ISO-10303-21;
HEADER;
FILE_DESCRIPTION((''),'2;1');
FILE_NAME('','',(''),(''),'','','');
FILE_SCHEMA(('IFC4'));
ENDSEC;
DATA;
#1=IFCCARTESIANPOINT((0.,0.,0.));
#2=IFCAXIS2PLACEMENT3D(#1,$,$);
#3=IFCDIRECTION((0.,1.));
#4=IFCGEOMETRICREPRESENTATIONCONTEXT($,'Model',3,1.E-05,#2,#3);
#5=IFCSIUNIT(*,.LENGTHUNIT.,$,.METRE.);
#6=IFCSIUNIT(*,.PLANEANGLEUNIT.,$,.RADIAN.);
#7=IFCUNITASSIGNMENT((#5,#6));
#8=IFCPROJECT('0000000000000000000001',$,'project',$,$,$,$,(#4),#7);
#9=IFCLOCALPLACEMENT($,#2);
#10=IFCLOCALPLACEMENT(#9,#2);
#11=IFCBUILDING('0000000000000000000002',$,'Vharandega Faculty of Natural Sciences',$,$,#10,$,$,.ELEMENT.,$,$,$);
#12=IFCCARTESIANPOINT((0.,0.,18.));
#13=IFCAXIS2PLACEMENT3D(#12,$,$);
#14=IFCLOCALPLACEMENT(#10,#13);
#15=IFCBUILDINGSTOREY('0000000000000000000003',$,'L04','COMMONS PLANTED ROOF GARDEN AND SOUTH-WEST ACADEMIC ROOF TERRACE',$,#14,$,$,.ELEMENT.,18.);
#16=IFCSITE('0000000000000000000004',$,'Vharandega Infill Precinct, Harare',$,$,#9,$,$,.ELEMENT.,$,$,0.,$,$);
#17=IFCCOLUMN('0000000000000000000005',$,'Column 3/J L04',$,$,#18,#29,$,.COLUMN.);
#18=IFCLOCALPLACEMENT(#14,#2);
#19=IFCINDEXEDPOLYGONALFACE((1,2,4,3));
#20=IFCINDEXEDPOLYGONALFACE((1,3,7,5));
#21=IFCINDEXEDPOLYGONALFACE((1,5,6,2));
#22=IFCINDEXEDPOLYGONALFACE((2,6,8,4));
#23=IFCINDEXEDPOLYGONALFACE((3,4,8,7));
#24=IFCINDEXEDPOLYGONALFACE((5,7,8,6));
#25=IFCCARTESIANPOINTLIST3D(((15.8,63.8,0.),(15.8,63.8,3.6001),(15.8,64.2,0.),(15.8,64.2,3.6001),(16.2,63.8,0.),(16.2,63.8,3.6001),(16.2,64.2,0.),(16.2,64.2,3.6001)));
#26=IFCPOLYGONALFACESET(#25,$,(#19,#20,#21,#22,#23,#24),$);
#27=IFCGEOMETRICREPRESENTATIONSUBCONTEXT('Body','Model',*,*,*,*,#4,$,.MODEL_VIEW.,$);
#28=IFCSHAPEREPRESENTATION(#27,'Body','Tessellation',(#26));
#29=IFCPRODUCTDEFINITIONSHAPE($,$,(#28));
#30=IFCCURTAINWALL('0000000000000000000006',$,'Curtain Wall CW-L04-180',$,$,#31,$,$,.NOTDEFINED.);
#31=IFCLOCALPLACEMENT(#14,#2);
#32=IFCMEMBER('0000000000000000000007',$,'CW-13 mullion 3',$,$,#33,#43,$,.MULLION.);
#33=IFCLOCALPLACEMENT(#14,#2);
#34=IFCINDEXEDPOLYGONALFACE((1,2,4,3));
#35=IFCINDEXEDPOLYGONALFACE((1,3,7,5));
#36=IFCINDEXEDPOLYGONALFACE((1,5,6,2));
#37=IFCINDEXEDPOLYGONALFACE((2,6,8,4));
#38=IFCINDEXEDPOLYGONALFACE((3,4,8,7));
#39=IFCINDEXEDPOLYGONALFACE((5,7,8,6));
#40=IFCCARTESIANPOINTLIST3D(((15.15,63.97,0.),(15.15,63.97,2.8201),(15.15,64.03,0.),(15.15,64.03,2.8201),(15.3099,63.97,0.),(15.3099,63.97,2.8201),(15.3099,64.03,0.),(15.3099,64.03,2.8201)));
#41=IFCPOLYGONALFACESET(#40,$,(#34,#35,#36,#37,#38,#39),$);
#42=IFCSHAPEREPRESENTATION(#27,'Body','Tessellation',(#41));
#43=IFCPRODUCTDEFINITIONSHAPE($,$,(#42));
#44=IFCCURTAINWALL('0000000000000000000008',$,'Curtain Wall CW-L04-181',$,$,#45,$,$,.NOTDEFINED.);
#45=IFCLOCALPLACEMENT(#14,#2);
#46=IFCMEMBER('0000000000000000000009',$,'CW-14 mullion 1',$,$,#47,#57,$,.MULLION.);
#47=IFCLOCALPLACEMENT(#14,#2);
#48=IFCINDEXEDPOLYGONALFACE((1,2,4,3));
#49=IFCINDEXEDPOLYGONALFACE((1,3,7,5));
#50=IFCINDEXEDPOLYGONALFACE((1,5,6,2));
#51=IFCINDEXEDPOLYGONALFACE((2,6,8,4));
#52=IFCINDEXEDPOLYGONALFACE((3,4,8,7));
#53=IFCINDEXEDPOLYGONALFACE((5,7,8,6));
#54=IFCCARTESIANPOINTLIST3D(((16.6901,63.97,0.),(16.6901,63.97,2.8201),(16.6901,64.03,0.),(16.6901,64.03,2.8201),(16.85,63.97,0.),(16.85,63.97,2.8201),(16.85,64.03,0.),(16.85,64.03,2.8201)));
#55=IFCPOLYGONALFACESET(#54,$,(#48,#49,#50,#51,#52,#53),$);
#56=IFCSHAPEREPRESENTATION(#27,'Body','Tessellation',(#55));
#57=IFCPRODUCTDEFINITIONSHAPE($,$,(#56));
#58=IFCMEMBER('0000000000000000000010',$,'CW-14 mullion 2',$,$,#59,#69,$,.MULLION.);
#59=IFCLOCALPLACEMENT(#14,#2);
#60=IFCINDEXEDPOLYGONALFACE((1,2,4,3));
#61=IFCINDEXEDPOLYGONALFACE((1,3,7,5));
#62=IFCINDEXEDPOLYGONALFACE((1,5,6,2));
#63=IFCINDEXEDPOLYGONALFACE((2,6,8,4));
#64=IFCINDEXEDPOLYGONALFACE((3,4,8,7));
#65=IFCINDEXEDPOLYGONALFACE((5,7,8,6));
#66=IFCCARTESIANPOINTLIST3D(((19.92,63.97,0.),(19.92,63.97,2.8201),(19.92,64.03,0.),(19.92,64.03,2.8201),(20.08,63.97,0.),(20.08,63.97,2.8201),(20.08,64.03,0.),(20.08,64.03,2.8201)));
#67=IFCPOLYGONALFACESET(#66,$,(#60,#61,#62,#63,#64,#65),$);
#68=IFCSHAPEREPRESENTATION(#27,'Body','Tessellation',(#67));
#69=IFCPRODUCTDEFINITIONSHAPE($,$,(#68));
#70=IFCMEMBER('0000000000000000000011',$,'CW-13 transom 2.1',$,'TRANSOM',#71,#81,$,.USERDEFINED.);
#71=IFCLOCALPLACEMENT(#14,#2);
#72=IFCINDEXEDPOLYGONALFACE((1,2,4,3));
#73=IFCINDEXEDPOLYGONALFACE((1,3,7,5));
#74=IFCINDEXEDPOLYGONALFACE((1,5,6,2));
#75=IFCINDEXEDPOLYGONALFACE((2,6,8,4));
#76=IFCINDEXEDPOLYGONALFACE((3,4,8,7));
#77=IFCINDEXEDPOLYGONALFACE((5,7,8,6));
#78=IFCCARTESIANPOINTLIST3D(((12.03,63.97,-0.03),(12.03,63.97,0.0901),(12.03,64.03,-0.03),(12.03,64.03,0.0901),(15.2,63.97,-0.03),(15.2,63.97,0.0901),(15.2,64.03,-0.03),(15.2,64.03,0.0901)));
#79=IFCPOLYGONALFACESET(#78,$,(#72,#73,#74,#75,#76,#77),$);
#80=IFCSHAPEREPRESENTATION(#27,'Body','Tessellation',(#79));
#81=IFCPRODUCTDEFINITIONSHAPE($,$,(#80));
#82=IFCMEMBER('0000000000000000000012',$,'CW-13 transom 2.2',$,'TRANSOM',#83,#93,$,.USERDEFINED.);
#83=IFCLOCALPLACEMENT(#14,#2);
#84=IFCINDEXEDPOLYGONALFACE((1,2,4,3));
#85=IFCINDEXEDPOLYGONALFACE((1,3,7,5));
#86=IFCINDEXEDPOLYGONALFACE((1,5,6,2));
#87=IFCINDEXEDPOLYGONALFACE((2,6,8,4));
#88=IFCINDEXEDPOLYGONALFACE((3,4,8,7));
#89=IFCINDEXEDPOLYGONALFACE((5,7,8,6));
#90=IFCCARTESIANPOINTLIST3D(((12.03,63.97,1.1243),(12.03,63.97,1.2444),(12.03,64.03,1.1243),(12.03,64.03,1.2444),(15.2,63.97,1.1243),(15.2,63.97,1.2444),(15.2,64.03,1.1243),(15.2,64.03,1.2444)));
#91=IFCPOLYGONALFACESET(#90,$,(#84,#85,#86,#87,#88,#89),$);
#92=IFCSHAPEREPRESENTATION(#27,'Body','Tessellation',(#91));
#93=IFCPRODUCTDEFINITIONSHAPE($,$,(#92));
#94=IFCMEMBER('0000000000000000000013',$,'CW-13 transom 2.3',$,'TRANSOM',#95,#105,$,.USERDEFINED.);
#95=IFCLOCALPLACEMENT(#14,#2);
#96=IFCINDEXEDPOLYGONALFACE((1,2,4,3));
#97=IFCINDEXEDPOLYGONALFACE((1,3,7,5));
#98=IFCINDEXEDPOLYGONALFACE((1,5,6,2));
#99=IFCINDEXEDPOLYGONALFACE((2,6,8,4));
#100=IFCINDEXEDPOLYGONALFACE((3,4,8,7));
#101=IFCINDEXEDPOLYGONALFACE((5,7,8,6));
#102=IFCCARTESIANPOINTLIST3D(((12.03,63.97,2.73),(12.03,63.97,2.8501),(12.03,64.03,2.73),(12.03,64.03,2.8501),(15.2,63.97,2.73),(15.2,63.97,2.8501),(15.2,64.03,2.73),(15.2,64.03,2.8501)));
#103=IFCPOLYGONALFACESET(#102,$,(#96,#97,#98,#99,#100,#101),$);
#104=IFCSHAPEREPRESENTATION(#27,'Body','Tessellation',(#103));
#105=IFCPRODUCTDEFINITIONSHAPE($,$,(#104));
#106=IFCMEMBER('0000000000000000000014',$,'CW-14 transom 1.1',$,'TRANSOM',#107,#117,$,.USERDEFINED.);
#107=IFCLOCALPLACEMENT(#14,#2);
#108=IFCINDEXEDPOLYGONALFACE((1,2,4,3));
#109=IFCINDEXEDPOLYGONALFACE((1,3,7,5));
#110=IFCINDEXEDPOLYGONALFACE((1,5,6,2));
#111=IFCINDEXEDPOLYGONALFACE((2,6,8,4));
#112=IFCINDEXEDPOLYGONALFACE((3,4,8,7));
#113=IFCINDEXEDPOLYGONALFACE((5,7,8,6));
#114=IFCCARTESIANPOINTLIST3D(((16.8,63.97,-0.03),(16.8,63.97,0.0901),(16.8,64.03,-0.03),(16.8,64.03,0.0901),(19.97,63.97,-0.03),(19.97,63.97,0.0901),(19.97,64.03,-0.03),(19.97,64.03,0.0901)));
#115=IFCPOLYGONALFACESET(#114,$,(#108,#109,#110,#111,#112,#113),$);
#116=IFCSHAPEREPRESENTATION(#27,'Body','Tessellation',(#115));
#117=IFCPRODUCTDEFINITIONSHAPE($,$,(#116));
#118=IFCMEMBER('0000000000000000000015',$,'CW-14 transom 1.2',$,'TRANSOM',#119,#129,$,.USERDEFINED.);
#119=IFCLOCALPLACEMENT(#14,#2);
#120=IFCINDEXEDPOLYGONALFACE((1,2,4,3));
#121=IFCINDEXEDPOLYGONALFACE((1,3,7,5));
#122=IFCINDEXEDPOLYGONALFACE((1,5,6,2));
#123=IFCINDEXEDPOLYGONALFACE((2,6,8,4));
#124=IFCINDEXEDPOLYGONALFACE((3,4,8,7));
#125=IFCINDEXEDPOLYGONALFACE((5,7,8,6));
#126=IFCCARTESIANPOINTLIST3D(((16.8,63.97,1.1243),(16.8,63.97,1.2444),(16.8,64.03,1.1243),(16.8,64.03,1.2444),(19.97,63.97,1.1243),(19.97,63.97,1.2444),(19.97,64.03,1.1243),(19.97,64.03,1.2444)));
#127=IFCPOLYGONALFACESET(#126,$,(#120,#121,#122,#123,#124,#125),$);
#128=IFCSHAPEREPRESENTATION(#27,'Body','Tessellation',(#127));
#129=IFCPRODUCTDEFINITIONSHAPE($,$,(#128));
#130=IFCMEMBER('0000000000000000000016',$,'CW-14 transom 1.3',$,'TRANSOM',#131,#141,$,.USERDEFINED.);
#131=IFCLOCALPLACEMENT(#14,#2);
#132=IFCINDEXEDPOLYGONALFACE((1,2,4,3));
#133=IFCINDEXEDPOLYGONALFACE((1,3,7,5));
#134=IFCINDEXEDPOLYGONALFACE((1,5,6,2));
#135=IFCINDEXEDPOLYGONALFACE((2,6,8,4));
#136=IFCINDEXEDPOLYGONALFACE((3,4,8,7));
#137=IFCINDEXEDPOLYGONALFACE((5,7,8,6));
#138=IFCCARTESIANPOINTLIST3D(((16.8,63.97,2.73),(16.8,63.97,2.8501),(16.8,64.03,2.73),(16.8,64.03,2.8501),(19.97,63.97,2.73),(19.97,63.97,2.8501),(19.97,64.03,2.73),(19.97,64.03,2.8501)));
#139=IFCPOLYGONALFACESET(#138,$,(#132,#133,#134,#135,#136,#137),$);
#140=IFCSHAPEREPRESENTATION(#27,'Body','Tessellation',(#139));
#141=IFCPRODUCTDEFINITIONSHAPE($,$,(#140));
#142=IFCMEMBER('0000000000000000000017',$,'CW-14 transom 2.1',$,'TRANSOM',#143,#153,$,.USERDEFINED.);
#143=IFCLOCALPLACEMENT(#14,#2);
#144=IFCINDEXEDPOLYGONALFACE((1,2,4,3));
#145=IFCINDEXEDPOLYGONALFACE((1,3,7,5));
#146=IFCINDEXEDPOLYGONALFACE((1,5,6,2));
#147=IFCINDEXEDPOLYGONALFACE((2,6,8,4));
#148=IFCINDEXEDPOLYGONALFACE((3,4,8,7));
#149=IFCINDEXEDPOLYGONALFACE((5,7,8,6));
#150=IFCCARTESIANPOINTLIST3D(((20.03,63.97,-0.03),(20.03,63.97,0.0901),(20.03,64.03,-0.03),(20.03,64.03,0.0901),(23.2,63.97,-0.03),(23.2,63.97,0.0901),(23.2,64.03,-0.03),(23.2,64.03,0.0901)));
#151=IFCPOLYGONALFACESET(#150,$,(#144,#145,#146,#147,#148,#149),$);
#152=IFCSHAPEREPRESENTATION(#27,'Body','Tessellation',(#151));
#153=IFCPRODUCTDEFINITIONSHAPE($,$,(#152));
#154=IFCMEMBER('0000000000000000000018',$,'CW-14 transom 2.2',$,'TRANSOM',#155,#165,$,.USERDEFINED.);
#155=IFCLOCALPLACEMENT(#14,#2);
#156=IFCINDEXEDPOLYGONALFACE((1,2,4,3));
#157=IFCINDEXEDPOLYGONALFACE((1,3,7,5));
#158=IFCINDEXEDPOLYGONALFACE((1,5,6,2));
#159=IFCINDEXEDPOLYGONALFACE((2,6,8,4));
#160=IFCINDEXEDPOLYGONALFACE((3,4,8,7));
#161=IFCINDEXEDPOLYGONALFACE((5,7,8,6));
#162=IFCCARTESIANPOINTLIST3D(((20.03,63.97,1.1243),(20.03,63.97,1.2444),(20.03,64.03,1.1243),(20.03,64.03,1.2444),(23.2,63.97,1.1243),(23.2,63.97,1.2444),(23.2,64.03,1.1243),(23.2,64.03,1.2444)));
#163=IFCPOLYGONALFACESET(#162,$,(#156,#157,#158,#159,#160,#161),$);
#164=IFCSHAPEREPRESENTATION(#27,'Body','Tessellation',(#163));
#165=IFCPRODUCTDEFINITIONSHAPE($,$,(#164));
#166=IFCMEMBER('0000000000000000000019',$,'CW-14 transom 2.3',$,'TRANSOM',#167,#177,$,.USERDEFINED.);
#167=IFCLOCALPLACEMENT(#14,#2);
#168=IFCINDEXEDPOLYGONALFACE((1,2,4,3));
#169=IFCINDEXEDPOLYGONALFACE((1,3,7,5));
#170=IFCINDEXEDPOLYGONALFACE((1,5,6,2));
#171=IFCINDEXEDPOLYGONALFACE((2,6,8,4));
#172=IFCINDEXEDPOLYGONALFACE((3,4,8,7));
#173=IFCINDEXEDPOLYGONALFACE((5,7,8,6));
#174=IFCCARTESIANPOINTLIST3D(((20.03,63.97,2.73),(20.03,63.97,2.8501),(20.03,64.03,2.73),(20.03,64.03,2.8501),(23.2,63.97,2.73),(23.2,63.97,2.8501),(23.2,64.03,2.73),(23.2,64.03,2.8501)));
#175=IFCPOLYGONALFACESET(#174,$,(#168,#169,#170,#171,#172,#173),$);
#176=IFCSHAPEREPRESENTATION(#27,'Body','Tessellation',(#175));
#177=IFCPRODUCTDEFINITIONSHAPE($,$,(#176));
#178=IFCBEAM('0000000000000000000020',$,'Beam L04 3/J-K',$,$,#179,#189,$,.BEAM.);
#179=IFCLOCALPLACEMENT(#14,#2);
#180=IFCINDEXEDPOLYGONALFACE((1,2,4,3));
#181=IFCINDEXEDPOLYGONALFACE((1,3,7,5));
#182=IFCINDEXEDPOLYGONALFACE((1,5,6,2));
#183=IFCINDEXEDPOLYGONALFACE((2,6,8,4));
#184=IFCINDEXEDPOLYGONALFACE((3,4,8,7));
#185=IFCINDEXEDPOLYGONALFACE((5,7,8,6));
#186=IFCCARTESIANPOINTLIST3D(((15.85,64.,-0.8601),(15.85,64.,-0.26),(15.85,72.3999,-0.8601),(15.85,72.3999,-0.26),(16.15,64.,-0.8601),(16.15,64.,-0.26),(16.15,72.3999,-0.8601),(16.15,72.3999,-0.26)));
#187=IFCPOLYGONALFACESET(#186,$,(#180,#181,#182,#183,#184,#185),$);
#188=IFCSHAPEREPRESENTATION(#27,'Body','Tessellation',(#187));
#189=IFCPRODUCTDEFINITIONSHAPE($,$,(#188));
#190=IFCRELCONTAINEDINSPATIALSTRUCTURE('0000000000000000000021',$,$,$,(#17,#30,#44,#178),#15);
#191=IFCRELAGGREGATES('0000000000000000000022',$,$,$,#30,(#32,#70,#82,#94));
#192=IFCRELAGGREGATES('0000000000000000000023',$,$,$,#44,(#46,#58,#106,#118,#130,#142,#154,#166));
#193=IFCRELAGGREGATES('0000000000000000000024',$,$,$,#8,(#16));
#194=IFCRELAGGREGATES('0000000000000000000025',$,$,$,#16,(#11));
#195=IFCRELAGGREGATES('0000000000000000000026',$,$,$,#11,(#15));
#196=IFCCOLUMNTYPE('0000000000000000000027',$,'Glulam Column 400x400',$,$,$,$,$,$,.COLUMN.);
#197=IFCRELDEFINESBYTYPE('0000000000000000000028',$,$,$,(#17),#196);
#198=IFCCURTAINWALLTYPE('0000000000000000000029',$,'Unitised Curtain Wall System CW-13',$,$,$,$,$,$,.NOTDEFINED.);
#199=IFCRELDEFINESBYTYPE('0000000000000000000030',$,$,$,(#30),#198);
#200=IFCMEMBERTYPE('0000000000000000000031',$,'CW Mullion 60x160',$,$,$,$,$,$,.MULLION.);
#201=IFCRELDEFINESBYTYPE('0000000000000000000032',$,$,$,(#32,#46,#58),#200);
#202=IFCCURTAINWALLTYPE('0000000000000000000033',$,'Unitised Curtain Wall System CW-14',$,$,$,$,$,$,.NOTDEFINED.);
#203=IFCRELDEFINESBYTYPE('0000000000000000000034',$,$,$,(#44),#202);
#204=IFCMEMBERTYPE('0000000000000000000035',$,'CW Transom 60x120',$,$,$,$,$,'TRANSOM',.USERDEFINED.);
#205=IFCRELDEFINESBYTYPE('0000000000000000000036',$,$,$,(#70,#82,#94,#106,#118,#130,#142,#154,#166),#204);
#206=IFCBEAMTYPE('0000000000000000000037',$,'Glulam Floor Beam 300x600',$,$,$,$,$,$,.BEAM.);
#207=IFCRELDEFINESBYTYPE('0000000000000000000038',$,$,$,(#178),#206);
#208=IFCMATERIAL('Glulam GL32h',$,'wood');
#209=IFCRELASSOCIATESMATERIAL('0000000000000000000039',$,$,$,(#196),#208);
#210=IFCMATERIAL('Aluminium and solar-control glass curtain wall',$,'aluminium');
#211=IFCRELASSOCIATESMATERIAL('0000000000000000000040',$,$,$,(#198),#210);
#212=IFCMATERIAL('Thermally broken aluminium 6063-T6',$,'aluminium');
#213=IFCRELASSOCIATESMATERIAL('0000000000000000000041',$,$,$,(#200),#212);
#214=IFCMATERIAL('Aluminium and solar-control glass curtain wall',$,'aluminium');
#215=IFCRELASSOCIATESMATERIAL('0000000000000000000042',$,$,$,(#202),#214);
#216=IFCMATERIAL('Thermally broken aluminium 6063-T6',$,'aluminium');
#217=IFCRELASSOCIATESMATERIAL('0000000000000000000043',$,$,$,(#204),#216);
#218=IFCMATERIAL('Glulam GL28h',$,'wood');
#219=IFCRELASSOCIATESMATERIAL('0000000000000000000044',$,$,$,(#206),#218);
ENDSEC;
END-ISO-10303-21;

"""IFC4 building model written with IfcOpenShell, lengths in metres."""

from ifc_helpers import new_model, si_unit, direction, frame, origin, origin_2d, place, context, subcontext, project, spatial, rectangle, extrude, material, material_profile, profile_set, type_object, element, aggregate, save


model = new_model("IFC4")

# Units and contexts
model_context = context("Model", 3, precision=1e-05, world=origin(), true_north=direction((0.0, 1.0)))
body_context = subcontext(model_context, "Body", "Model", "MODEL_VIEW")
ifc_project = project(units=[si_unit("LENGTHUNIT", "METRE"), si_unit("PLANEANGLEUNIT", "RADIAN")], contexts=[model_context])

# Site, building, storey
site_placement = place(None, origin())
site = spatial("IfcSite", under=ifc_project, at=site_placement, Name="Vharandega Infill Precinct, Harare", CompositionType="ELEMENT", RefElevation=0.0)
building_placement = place(site_placement, origin())
building = spatial("IfcBuilding", under=site, at=building_placement, Name="Vharandega Faculty of Natural Sciences", CompositionType="ELEMENT")
storey_placement = place(building_placement, frame((0.0, 0.0, 18.0)))
storey = spatial("IfcBuildingStorey", under=building, at=storey_placement, Name="L04", Description="COMMONS PLANTED ROOF GARDEN AND SOUTH-WEST ACADEMIC ROOF TERRACE", CompositionType="ELEMENT", Elevation=18.0)

# Column
ifc_material_1 = material(Name="Glulam GL32h", Category="wood")
ifc_material_profile_1 = material_profile(ifc_material_1, rectangle(XDim=0.3999, YDim=0.3999, at=origin_2d()), Name="GL32h 400x400")
ifc_profile_set_1 = profile_set([ifc_material_profile_1], Name="Glulam GL32h")
column_type = type_object("IfcColumnType", Name="Glulam Column 400x400", PredefinedType="COLUMN", material=ifc_profile_set_1)
column_placement = place(storey_placement, frame((16.0, 64.0, 0.0), z_axis=(0.0, 0.0, 1.0), x_axis=(1.0, 0.0, 0.0)))
element("IfcColumn", 1, at=column_placement, inside=storey, type_object=column_type, Name="Column 3/J L04", PredefinedType="COLUMN", context=body_context, shape_type="SweptSolid", body=[
    extrude(rectangle(XDim=0.3999, YDim=0.3999, at=origin_2d()), origin(), (0.0, 0.0, 1.0), 3.6001),
])

# Curtain wall, member
ifc_material_2 = material(Name="Aluminium and solar-control glass curtain wall", Category="aluminium")
curtain_wall_type_1 = type_object("IfcCurtainWallType", Name="Unitised Curtain Wall System CW-13", PredefinedType="NOTDEFINED", material=ifc_material_2)
curtain_wall_1_placement = place(storey_placement, origin())
curtain_wall_1 = element("IfcCurtainWall", 2, at=curtain_wall_1_placement, inside=storey, type_object=curtain_wall_type_1, Name="Curtain Wall CW-L04-180", PredefinedType="NOTDEFINED")
ifc_material_3 = material(Name="Thermally broken aluminium 6063-T6", Category="aluminium")
ifc_material_profile_2 = material_profile(ifc_material_3, rectangle(XDim=0.0601, YDim=0.1599, at=origin_2d()), Name="ALU 60x160")
ifc_profile_set_2 = profile_set([ifc_material_profile_2], Name="Thermally broken aluminium 6063-T6")
member_type_1 = type_object("IfcMemberType", Name="CW Mullion 60x160", PredefinedType="MULLION", material=ifc_profile_set_2)
member_1_placement = place(storey_placement, frame((15.23, 64.0, 0.0), z_axis=(0.0, 0.0, 1.0), x_axis=(0.0, 1.0, 0.0)))
member_1 = element("IfcMember", 3, at=member_1_placement, type_object=member_type_1, Name="CW-13 mullion 3", PredefinedType="MULLION", context=body_context, shape_type="SweptSolid", body=[
    extrude(rectangle(XDim=0.0601, YDim=0.1599, at=origin_2d()), origin(), (0.0, 0.0, 1.0), 2.8201),
])

# Curtain wall, members
ifc_material_4 = material(Name="Aluminium and solar-control glass curtain wall", Category="aluminium")
curtain_wall_type_2 = type_object("IfcCurtainWallType", Name="Unitised Curtain Wall System CW-14", PredefinedType="NOTDEFINED", material=ifc_material_4)
curtain_wall_2_placement = place(storey_placement, origin())
curtain_wall_2 = element("IfcCurtainWall", 4, at=curtain_wall_2_placement, inside=storey, type_object=curtain_wall_type_2, Name="Curtain Wall CW-L04-181", PredefinedType="NOTDEFINED")
member_2_placement = place(storey_placement, frame((16.77, 64.0, 0.0), z_axis=(0.0, 0.0, 1.0), x_axis=(0.0, 1.0, 0.0)))
member_2 = element("IfcMember", 5, at=member_2_placement, type_object=member_type_1, Name="CW-14 mullion 1", PredefinedType="MULLION", context=body_context, shape_type="SweptSolid", body=[
    extrude(rectangle(XDim=0.0601, YDim=0.1599, at=origin_2d()), origin(), (0.0, 0.0, 1.0), 2.8201),
])
member_3_placement = place(storey_placement, frame((20.0, 64.0, 0.0), z_axis=(0.0, 0.0, 1.0), x_axis=(0.0, 1.0, 0.0)))
member_3 = element("IfcMember", 6, at=member_3_placement, type_object=member_type_1, Name="CW-14 mullion 2", PredefinedType="MULLION", context=body_context, shape_type="SweptSolid", body=[
    extrude(rectangle(XDim=0.0601, YDim=0.1599, at=origin_2d()), origin(), (0.0, 0.0, 1.0), 2.8201),
])

# Members
ifc_material_5 = material(Name="Thermally broken aluminium 6063-T6", Category="aluminium")
ifc_material_profile_3 = material_profile(ifc_material_5, rectangle(XDim=0.0601, YDim=0.1201, at=origin_2d()), Name="ALU 60x120")
ifc_profile_set_3 = profile_set([ifc_material_profile_3], Name="Thermally broken aluminium 6063-T6")
member_type_2 = type_object("IfcMemberType", Name="CW Transom 60x120", ElementType="TRANSOM", PredefinedType="USERDEFINED", material=ifc_profile_set_3)
member_4_placement = place(storey_placement, frame((12.03, 64.0, 0.03), z_axis=(1.0, 0.0, 0.0), x_axis=(0.0, 1.0, 0.0)))
member_4 = element("IfcMember", 7, at=member_4_placement, type_object=member_type_2, Name="CW-13 transom 2.1", ObjectType="TRANSOM", PredefinedType="USERDEFINED", context=body_context, shape_type="SweptSolid", body=[
    extrude(rectangle(XDim=0.0601, YDim=0.1201, at=origin_2d()), origin(), (0.0, 0.0, 1.0), 3.1699),
])
member_5_placement = place(storey_placement, frame((12.03, 64.0, 1.1843), z_axis=(1.0, 0.0, 0.0), x_axis=(0.0, 1.0, 0.0)))
member_5 = element("IfcMember", 8, at=member_5_placement, type_object=member_type_2, Name="CW-13 transom 2.2", ObjectType="TRANSOM", PredefinedType="USERDEFINED", context=body_context, shape_type="SweptSolid", body=[
    extrude(rectangle(XDim=0.0601, YDim=0.1201, at=origin_2d()), origin(), (0.0, 0.0, 1.0), 3.1699),
])
member_6_placement = place(storey_placement, frame((12.03, 64.0, 2.79), z_axis=(1.0, 0.0, 0.0), x_axis=(0.0, 1.0, 0.0)))
member_6 = element("IfcMember", 9, at=member_6_placement, type_object=member_type_2, Name="CW-13 transom 2.3", ObjectType="TRANSOM", PredefinedType="USERDEFINED", context=body_context, shape_type="SweptSolid", body=[
    extrude(rectangle(XDim=0.0601, YDim=0.1201, at=origin_2d()), origin(), (0.0, 0.0, 1.0), 3.1699),
])
member_7_placement = place(storey_placement, frame((16.8, 64.0, 0.03), z_axis=(1.0, 0.0, 0.0), x_axis=(0.0, 1.0, 0.0)))
member_7 = element("IfcMember", 10, at=member_7_placement, type_object=member_type_2, Name="CW-14 transom 1.1", ObjectType="TRANSOM", PredefinedType="USERDEFINED", context=body_context, shape_type="SweptSolid", body=[
    extrude(rectangle(XDim=0.0601, YDim=0.1201, at=origin_2d()), origin(), (0.0, 0.0, 1.0), 3.1699),
])
member_8_placement = place(storey_placement, frame((16.8, 64.0, 1.1843), z_axis=(1.0, 0.0, 0.0), x_axis=(0.0, 1.0, 0.0)))
member_8 = element("IfcMember", 11, at=member_8_placement, type_object=member_type_2, Name="CW-14 transom 1.2", ObjectType="TRANSOM", PredefinedType="USERDEFINED", context=body_context, shape_type="SweptSolid", body=[
    extrude(rectangle(XDim=0.0601, YDim=0.1201, at=origin_2d()), origin(), (0.0, 0.0, 1.0), 3.1699),
])
member_9_placement = place(storey_placement, frame((16.8, 64.0, 2.79), z_axis=(1.0, 0.0, 0.0), x_axis=(0.0, 1.0, 0.0)))
member_9 = element("IfcMember", 12, at=member_9_placement, type_object=member_type_2, Name="CW-14 transom 1.3", ObjectType="TRANSOM", PredefinedType="USERDEFINED", context=body_context, shape_type="SweptSolid", body=[
    extrude(rectangle(XDim=0.0601, YDim=0.1201, at=origin_2d()), origin(), (0.0, 0.0, 1.0), 3.1699),
])
member_10_placement = place(storey_placement, frame((20.03, 64.0, 0.03), z_axis=(1.0, 0.0, 0.0), x_axis=(0.0, 1.0, 0.0)))
member_10 = element("IfcMember", 13, at=member_10_placement, type_object=member_type_2, Name="CW-14 transom 2.1", ObjectType="TRANSOM", PredefinedType="USERDEFINED", context=body_context, shape_type="SweptSolid", body=[
    extrude(rectangle(XDim=0.0601, YDim=0.1201, at=origin_2d()), origin(), (0.0, 0.0, 1.0), 3.1699),
])
member_11_placement = place(storey_placement, frame((20.03, 64.0, 1.1843), z_axis=(1.0, 0.0, 0.0), x_axis=(0.0, 1.0, 0.0)))
member_11 = element("IfcMember", 14, at=member_11_placement, type_object=member_type_2, Name="CW-14 transom 2.2", ObjectType="TRANSOM", PredefinedType="USERDEFINED", context=body_context, shape_type="SweptSolid", body=[
    extrude(rectangle(XDim=0.0601, YDim=0.1201, at=origin_2d()), origin(), (0.0, 0.0, 1.0), 3.1699),
])
member_12_placement = place(storey_placement, frame((20.03, 64.0, 2.79), z_axis=(1.0, 0.0, 0.0), x_axis=(0.0, 1.0, 0.0)))
member_12 = element("IfcMember", 15, at=member_12_placement, type_object=member_type_2, Name="CW-14 transom 2.3", ObjectType="TRANSOM", PredefinedType="USERDEFINED", context=body_context, shape_type="SweptSolid", body=[
    extrude(rectangle(XDim=0.0601, YDim=0.1201, at=origin_2d()), origin(), (0.0, 0.0, 1.0), 3.1699),
])

# Beam
ifc_material_6 = material(Name="Glulam GL28h", Category="wood")
ifc_material_profile_4 = material_profile(ifc_material_6, rectangle(XDim=0.3, YDim=0.6001, at=origin_2d()), Name="GL28h 300x600")
ifc_profile_set_4 = profile_set([ifc_material_profile_4], Name="Glulam GL28h")
beam_type_1 = type_object("IfcBeamType", Name="Glulam Floor Beam 300x600", PredefinedType="BEAM", material=ifc_profile_set_4)
beam_1_placement = place(storey_placement, frame((16.0, 64.0, -0.5601), z_axis=(0.0, 1.0, 0.0), x_axis=(-1.0, 0.0, 0.0)))
element("IfcBeam", 16, at=beam_1_placement, inside=storey, type_object=beam_type_1, Name="Beam L04 3/J-K", PredefinedType="BEAM", context=body_context, shape_type="SweptSolid", body=[
    extrude(rectangle(XDim=0.3, YDim=0.6001, at=origin_2d()), origin(), (0.0, 0.0, 1.0), 8.3999),
])

aggregate(curtain_wall_1, [member_1, member_4, member_5, member_6])
aggregate(curtain_wall_2, [member_2, member_3, member_7, member_8, member_9, member_10, member_11, member_12])

save(model, "model.ifc")
